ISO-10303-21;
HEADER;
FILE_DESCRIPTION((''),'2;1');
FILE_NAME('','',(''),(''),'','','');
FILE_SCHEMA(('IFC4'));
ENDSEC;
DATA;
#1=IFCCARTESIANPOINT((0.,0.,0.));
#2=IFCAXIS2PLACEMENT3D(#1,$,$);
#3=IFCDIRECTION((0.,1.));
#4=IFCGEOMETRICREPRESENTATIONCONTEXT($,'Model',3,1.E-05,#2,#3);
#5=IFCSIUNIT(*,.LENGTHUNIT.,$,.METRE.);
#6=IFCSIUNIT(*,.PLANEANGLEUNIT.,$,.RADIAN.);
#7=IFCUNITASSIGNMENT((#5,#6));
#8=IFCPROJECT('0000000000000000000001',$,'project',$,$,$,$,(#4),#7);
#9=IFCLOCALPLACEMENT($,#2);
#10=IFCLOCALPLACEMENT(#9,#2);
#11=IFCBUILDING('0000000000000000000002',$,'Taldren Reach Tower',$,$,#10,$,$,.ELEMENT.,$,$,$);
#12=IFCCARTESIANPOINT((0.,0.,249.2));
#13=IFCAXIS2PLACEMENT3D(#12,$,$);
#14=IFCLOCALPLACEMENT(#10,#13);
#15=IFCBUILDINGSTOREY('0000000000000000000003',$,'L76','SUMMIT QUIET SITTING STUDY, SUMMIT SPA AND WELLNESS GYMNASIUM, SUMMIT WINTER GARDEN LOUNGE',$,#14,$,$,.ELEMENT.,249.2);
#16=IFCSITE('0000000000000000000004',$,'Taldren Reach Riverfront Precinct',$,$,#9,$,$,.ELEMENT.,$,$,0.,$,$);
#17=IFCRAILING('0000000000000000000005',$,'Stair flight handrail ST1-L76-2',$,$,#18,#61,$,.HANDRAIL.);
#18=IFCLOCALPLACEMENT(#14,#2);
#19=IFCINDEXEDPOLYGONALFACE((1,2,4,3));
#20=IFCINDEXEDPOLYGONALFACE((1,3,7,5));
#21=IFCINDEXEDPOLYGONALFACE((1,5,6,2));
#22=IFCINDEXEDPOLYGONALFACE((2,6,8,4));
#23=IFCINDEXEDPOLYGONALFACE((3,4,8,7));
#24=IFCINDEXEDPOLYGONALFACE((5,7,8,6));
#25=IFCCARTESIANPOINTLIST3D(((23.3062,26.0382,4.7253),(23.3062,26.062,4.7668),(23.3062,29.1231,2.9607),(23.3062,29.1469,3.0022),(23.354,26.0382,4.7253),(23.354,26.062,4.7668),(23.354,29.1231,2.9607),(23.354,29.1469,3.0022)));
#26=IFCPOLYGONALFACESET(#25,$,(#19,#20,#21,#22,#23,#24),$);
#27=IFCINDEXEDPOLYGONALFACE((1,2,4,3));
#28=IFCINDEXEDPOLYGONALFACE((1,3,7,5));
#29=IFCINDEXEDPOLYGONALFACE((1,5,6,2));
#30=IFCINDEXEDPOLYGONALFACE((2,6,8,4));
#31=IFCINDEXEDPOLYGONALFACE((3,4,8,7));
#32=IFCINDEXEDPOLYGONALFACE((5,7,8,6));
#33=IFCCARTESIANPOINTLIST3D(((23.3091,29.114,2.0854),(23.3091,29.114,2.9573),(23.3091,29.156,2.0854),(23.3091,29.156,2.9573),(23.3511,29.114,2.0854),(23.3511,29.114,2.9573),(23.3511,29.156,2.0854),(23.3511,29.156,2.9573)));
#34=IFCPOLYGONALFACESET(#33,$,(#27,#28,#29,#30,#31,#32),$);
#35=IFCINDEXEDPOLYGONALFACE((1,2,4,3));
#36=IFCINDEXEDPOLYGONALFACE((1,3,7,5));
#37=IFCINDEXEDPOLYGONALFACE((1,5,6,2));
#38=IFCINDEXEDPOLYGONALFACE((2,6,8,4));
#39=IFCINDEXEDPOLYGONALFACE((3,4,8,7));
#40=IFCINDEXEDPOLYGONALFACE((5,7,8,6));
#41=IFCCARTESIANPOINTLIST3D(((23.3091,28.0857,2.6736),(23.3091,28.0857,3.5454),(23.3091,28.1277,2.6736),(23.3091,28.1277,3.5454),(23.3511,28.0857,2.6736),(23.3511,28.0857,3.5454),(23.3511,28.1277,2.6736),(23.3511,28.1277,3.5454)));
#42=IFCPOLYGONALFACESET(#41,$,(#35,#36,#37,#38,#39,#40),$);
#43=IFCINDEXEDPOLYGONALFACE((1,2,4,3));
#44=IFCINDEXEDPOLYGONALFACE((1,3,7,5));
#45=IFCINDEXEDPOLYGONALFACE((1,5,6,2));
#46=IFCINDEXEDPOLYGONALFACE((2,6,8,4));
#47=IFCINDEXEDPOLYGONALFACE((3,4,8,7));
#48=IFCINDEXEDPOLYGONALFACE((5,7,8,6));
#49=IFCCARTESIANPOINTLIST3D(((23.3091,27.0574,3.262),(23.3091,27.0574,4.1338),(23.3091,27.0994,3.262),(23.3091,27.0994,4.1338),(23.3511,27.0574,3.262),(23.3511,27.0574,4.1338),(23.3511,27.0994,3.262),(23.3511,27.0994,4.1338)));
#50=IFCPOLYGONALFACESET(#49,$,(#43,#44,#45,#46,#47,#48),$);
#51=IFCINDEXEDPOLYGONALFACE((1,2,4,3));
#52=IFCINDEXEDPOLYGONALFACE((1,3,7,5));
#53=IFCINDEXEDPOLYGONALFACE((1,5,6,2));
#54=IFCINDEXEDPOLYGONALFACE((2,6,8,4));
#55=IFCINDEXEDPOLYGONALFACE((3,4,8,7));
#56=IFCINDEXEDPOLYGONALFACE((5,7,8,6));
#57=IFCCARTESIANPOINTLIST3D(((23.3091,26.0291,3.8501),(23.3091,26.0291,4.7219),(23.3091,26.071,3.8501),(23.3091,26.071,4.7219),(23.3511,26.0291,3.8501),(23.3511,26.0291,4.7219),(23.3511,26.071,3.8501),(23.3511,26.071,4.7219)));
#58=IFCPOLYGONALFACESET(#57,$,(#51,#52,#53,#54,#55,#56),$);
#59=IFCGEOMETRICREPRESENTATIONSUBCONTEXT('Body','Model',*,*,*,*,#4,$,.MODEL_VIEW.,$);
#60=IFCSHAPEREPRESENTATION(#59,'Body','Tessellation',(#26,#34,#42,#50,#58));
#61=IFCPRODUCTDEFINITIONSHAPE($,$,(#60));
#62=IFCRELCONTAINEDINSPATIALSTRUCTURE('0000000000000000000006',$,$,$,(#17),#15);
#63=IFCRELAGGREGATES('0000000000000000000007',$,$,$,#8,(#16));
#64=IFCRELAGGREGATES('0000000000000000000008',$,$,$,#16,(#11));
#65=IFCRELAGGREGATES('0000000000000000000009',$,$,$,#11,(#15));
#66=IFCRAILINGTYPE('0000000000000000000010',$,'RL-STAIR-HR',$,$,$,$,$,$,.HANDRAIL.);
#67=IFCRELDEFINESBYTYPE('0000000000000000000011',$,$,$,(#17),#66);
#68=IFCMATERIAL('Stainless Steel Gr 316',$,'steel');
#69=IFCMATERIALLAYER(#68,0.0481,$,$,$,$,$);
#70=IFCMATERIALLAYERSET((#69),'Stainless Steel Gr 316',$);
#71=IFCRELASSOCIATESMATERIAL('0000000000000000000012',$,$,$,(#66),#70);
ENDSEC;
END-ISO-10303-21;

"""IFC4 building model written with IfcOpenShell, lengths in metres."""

from ifc_helpers import new_model, si_unit, direction, frame, origin, origin_2d, place, context, subcontext, project, spatial, rectangle, extrude, material, layer, layer_set, type_object, element, save


model = new_model("IFC4")

# Units and contexts
model_context = context("Model", 3, precision=1e-05, world=origin(), true_north=direction((0.0, 1.0)))
body_context = subcontext(model_context, "Body", "Model", "MODEL_VIEW")
ifc_project = project(units=[si_unit("LENGTHUNIT", "METRE"), si_unit("PLANEANGLEUNIT", "RADIAN")], contexts=[model_context])

# Site, building, storey
site_placement = place(None, origin())
site = spatial("IfcSite", under=ifc_project, at=site_placement, Name="Taldren Reach Riverfront Precinct", CompositionType="ELEMENT", RefElevation=0.0)
building_placement = place(site_placement, origin())
building = spatial("IfcBuilding", under=site, at=building_placement, Name="Taldren Reach Tower", CompositionType="ELEMENT")
storey_placement = place(building_placement, frame((0.0, 0.0, 249.2)))
storey = spatial("IfcBuildingStorey", under=building, at=storey_placement, Name="L76", Description="SUMMIT QUIET SITTING STUDY, SUMMIT SPA AND WELLNESS GYMNASIUM, SUMMIT WINTER GARDEN LOUNGE", CompositionType="ELEMENT", Elevation=249.2)

# Railing
ifc_material_1 = material(Name="Stainless Steel Gr 316", Category="steel")
ifc_layer_1 = layer(ifc_material_1, 0.0481)
ifc_layer_set_1 = layer_set([ifc_layer_1], Name="Stainless Steel Gr 316")
railing_type_1 = type_object("IfcRailingType", Name="RL-STAIR-HR", PredefinedType="HANDRAIL", material=ifc_layer_set_1)
railing_1_placement = place(storey_placement, frame((23.3301, 29.135, 2.0854)))
element("IfcRailing", 1, at=railing_1_placement, inside=storey, type_object=railing_type_1, Name="Stair flight handrail ST1-L76-2", PredefinedType="HANDRAIL", context=body_context, shape_type="SweptSolid", body=[
    extrude(rectangle(XDim=0.0479, YDim=0.0479, at=origin_2d()), frame((0.0, 0.0, 0.896), z_axis=(0.0, -0.868023, 0.496524), x_axis=(1.0, 0.0, 0.0)), (0.0, 0.0, 1.0), 3.554),
    extrude(rectangle(XDim=0.042, YDim=0.042, at=origin_2d()), origin(), (0.0, 0.0, 1.0), 0.8718),
    extrude(rectangle(XDim=0.042, YDim=0.042, at=origin_2d()), frame((0.0, -1.0283, 0.5881)), (0.0, 0.0, 1.0), 0.8718),
    extrude(rectangle(XDim=0.042, YDim=0.042, at=origin_2d()), frame((0.0, -2.0566, 1.1765)), (0.0, 0.0, 1.0), 0.8718),
    extrude(rectangle(XDim=0.042, YDim=0.042, at=origin_2d()), frame((0.0, -3.085, 1.7646)), (0.0, 0.0, 1.0), 0.8718),
])

save(model, "model.ifc")
